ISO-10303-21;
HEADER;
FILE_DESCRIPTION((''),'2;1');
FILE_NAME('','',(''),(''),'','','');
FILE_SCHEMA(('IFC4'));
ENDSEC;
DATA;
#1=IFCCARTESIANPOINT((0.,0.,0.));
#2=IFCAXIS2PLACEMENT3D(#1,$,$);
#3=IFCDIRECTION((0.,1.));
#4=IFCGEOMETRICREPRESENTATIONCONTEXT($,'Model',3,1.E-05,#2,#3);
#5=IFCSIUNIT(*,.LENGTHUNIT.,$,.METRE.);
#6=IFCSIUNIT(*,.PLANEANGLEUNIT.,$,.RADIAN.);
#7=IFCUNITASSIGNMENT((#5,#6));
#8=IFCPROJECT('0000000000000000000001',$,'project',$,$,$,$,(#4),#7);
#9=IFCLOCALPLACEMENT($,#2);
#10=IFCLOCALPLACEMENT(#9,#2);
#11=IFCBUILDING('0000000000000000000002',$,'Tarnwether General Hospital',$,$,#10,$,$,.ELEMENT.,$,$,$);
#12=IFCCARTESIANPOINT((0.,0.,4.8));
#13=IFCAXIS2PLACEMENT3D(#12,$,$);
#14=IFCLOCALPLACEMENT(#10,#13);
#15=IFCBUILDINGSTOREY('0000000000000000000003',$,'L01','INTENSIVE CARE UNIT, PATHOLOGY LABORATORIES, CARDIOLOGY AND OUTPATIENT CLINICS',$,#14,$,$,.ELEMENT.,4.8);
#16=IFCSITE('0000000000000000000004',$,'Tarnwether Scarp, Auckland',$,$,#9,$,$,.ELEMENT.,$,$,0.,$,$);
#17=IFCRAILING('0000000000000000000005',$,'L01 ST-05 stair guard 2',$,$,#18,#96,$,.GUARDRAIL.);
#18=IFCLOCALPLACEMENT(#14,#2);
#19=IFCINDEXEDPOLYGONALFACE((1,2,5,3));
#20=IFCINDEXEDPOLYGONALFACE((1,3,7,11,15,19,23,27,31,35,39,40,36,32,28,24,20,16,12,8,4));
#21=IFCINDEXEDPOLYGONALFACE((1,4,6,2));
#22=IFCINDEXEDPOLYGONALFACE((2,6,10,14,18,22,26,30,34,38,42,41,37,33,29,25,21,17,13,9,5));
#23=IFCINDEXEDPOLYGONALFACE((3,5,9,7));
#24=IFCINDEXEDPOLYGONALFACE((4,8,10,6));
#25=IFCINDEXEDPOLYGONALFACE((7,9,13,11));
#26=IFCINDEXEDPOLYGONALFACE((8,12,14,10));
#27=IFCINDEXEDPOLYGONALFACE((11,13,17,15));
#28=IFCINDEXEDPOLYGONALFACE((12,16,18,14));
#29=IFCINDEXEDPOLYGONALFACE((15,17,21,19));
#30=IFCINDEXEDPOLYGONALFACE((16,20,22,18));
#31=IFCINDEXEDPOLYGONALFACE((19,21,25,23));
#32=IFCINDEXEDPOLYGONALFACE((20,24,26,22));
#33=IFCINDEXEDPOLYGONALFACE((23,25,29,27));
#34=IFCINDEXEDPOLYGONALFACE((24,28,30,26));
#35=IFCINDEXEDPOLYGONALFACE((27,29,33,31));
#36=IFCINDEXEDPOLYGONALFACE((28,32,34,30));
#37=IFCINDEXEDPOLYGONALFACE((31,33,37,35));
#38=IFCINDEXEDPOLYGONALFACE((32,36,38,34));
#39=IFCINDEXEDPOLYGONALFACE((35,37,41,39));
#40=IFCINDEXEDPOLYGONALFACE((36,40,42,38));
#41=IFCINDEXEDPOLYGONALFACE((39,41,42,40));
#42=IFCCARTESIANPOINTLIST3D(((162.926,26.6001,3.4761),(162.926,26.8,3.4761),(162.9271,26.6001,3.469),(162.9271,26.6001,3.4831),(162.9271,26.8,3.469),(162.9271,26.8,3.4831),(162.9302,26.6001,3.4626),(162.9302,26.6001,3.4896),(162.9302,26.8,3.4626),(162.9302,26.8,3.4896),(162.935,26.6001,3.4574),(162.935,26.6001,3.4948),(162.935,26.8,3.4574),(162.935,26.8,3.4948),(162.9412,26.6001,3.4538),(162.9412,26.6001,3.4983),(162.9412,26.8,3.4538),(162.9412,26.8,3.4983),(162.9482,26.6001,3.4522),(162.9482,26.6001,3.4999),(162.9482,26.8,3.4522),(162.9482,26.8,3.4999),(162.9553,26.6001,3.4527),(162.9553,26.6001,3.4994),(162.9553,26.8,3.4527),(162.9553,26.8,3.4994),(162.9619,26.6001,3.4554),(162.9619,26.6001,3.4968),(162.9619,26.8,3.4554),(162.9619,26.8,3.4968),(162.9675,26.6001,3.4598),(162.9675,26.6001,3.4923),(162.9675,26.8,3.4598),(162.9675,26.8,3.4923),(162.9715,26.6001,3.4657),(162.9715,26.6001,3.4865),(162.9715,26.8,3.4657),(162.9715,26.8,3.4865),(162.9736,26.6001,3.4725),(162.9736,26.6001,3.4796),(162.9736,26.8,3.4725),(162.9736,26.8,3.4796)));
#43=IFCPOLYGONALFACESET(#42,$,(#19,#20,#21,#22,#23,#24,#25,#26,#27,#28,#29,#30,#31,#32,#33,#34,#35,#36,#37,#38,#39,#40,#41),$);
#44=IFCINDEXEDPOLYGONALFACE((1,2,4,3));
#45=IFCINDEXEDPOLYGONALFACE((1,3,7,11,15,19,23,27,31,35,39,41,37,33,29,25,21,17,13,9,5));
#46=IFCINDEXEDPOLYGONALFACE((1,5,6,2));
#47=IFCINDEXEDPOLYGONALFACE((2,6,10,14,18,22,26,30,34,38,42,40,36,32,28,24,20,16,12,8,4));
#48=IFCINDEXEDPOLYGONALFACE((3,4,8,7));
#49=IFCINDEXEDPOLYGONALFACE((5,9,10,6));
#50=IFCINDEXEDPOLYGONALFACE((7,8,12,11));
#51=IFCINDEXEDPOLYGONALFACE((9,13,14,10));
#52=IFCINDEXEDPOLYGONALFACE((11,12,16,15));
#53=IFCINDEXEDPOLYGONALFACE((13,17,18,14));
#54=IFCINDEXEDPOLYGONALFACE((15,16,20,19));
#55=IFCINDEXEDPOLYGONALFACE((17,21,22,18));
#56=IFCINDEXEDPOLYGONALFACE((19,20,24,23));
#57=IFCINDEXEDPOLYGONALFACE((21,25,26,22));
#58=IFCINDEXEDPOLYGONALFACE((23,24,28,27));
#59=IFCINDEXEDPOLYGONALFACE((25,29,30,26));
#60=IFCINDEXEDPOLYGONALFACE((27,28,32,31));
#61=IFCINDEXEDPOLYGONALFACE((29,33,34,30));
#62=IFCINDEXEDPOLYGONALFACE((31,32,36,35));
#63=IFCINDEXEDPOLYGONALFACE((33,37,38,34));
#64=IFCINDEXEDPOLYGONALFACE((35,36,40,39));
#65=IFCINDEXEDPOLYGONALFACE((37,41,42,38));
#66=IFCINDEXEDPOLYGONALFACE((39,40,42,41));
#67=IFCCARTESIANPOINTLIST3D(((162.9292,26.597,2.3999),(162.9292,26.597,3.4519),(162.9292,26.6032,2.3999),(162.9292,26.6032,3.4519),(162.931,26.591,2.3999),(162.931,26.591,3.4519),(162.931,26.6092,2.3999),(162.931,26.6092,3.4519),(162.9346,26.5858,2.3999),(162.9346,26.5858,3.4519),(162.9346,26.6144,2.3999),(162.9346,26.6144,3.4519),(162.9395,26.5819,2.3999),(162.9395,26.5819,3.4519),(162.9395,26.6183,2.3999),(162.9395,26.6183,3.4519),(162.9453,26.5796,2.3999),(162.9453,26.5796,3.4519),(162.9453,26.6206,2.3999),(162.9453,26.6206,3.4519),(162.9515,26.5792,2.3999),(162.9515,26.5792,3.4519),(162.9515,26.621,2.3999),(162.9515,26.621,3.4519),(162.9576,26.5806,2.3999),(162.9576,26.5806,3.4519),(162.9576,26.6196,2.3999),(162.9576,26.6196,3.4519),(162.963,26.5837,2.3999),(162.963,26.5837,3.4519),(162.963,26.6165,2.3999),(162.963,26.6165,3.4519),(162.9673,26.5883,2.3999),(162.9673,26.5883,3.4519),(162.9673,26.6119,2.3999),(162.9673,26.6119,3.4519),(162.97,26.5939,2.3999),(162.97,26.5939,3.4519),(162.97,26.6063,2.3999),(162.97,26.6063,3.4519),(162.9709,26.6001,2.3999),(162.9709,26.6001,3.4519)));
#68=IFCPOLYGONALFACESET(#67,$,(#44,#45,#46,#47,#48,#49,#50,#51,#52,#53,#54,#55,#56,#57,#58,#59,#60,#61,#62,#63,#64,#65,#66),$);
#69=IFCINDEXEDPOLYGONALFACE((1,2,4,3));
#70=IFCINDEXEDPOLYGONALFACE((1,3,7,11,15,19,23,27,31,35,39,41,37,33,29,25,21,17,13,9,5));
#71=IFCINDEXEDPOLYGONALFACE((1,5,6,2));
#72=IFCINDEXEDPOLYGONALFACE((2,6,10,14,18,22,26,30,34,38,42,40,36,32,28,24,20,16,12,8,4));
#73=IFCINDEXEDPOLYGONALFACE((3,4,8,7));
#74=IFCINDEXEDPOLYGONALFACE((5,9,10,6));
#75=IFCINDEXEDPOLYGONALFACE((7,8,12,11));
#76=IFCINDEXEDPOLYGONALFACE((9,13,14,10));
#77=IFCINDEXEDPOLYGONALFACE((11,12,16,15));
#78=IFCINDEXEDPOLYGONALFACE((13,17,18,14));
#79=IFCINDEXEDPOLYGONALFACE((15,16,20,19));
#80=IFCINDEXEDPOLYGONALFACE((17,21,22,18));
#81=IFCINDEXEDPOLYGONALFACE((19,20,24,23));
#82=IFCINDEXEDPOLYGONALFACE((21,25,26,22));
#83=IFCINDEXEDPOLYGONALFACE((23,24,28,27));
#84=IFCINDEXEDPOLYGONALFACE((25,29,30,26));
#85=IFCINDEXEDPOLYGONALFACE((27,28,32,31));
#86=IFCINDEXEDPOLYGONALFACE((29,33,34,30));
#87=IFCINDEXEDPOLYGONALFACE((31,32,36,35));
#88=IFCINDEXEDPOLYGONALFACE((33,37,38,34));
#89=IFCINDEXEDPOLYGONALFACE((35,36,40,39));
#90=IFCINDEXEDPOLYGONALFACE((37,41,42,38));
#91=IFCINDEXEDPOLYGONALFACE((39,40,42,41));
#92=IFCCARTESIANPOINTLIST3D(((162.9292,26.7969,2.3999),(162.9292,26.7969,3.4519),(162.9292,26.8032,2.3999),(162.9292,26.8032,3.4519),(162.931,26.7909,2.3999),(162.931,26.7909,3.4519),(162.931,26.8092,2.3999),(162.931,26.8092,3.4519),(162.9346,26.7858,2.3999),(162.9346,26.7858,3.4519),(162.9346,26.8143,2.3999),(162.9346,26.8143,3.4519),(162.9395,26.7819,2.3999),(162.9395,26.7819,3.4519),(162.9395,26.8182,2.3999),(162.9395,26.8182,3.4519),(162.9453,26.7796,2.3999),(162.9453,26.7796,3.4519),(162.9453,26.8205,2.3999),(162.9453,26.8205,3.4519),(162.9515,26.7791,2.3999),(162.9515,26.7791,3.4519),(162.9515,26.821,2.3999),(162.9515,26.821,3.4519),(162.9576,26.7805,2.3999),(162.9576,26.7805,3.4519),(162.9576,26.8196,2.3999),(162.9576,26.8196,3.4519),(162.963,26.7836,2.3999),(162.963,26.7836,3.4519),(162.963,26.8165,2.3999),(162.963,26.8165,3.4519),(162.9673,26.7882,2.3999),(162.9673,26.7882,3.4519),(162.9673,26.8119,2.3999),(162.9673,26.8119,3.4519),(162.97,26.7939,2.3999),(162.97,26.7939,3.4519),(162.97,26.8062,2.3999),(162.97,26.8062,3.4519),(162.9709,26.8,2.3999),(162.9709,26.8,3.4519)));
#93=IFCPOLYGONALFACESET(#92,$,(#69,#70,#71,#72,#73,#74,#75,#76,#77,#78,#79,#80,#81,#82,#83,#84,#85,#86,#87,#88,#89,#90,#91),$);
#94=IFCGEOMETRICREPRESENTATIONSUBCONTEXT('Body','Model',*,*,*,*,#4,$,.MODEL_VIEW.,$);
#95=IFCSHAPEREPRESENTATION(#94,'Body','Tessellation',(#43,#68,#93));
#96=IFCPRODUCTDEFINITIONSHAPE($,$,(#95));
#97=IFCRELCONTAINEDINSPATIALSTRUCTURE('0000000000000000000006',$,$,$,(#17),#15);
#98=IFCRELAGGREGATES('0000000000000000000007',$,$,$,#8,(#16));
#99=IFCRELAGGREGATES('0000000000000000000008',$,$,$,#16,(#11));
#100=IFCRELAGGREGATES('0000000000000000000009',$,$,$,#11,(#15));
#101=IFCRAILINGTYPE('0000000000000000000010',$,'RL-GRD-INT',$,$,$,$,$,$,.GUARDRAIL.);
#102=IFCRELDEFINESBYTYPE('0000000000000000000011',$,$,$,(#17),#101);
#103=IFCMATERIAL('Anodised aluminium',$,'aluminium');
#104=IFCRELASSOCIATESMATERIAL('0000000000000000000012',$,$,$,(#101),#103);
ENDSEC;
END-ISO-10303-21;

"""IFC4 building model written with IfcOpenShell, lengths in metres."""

from ifc_helpers import new_model, si_unit, direction, frame, origin, origin_2d, place, context, subcontext, project, spatial, circle, extrude, material, type_object, element, save


model = new_model("IFC4")

# Units and contexts
model_context = context("Model", 3, precision=1e-05, world=origin(), true_north=direction((0.0, 1.0)))
body_context = subcontext(model_context, "Body", "Model", "MODEL_VIEW")
ifc_project = project(units=[si_unit("LENGTHUNIT", "METRE"), si_unit("PLANEANGLEUNIT", "RADIAN")], contexts=[model_context])

# Site, building, storey
site_placement = place(None, origin())
site = spatial("IfcSite", under=ifc_project, at=site_placement, Name="Tarnwether Scarp, Auckland", CompositionType="ELEMENT", RefElevation=0.0)
building_placement = place(site_placement, origin())
building = spatial("IfcBuilding", under=site, at=building_placement, Name="Tarnwether General Hospital", CompositionType="ELEMENT")
storey_placement = place(building_placement, frame((0.0, 0.0, 4.8)))
storey = spatial("IfcBuildingStorey", under=building, at=storey_placement, Name="L01", Description="INTENSIVE CARE UNIT, PATHOLOGY LABORATORIES, CARDIOLOGY AND OUTPATIENT CLINICS", CompositionType="ELEMENT", Elevation=4.8)

# Railing
ifc_material_1 = material(Name="Anodised aluminium", Category="aluminium")
railing_type_1 = type_object("IfcRailingType", Name="RL-GRD-INT", PredefinedType="GUARDRAIL", material=ifc_material_1)
railing_1_placement = place(storey_placement, frame((162.95, 26.6001, 2.3999)))
element("IfcRailing", 1, at=railing_1_placement, inside=storey, type_object=railing_type_1, Name="L01 ST-05 stair guard 2", PredefinedType="GUARDRAIL", context=body_context, shape_type="SweptSolid", body=[
    extrude(circle(Radius=0.0239, at=origin_2d()), frame((0.0, 0.0, 1.0762), z_axis=(0.0, 1.0, 0.0), x_axis=(-1.0, 0.0, 0.0)), (0.0, 0.0, 1.0), 0.2),
    extrude(circle(Radius=0.021, at=origin_2d()), origin(), (0.0, 0.0, 1.0), 1.052),
    extrude(circle(Radius=0.021, at=origin_2d()), frame((0.0, 0.2, 0.0)), (0.0, 0.0, 1.0), 1.052),
])

save(model, "model.ifc")
